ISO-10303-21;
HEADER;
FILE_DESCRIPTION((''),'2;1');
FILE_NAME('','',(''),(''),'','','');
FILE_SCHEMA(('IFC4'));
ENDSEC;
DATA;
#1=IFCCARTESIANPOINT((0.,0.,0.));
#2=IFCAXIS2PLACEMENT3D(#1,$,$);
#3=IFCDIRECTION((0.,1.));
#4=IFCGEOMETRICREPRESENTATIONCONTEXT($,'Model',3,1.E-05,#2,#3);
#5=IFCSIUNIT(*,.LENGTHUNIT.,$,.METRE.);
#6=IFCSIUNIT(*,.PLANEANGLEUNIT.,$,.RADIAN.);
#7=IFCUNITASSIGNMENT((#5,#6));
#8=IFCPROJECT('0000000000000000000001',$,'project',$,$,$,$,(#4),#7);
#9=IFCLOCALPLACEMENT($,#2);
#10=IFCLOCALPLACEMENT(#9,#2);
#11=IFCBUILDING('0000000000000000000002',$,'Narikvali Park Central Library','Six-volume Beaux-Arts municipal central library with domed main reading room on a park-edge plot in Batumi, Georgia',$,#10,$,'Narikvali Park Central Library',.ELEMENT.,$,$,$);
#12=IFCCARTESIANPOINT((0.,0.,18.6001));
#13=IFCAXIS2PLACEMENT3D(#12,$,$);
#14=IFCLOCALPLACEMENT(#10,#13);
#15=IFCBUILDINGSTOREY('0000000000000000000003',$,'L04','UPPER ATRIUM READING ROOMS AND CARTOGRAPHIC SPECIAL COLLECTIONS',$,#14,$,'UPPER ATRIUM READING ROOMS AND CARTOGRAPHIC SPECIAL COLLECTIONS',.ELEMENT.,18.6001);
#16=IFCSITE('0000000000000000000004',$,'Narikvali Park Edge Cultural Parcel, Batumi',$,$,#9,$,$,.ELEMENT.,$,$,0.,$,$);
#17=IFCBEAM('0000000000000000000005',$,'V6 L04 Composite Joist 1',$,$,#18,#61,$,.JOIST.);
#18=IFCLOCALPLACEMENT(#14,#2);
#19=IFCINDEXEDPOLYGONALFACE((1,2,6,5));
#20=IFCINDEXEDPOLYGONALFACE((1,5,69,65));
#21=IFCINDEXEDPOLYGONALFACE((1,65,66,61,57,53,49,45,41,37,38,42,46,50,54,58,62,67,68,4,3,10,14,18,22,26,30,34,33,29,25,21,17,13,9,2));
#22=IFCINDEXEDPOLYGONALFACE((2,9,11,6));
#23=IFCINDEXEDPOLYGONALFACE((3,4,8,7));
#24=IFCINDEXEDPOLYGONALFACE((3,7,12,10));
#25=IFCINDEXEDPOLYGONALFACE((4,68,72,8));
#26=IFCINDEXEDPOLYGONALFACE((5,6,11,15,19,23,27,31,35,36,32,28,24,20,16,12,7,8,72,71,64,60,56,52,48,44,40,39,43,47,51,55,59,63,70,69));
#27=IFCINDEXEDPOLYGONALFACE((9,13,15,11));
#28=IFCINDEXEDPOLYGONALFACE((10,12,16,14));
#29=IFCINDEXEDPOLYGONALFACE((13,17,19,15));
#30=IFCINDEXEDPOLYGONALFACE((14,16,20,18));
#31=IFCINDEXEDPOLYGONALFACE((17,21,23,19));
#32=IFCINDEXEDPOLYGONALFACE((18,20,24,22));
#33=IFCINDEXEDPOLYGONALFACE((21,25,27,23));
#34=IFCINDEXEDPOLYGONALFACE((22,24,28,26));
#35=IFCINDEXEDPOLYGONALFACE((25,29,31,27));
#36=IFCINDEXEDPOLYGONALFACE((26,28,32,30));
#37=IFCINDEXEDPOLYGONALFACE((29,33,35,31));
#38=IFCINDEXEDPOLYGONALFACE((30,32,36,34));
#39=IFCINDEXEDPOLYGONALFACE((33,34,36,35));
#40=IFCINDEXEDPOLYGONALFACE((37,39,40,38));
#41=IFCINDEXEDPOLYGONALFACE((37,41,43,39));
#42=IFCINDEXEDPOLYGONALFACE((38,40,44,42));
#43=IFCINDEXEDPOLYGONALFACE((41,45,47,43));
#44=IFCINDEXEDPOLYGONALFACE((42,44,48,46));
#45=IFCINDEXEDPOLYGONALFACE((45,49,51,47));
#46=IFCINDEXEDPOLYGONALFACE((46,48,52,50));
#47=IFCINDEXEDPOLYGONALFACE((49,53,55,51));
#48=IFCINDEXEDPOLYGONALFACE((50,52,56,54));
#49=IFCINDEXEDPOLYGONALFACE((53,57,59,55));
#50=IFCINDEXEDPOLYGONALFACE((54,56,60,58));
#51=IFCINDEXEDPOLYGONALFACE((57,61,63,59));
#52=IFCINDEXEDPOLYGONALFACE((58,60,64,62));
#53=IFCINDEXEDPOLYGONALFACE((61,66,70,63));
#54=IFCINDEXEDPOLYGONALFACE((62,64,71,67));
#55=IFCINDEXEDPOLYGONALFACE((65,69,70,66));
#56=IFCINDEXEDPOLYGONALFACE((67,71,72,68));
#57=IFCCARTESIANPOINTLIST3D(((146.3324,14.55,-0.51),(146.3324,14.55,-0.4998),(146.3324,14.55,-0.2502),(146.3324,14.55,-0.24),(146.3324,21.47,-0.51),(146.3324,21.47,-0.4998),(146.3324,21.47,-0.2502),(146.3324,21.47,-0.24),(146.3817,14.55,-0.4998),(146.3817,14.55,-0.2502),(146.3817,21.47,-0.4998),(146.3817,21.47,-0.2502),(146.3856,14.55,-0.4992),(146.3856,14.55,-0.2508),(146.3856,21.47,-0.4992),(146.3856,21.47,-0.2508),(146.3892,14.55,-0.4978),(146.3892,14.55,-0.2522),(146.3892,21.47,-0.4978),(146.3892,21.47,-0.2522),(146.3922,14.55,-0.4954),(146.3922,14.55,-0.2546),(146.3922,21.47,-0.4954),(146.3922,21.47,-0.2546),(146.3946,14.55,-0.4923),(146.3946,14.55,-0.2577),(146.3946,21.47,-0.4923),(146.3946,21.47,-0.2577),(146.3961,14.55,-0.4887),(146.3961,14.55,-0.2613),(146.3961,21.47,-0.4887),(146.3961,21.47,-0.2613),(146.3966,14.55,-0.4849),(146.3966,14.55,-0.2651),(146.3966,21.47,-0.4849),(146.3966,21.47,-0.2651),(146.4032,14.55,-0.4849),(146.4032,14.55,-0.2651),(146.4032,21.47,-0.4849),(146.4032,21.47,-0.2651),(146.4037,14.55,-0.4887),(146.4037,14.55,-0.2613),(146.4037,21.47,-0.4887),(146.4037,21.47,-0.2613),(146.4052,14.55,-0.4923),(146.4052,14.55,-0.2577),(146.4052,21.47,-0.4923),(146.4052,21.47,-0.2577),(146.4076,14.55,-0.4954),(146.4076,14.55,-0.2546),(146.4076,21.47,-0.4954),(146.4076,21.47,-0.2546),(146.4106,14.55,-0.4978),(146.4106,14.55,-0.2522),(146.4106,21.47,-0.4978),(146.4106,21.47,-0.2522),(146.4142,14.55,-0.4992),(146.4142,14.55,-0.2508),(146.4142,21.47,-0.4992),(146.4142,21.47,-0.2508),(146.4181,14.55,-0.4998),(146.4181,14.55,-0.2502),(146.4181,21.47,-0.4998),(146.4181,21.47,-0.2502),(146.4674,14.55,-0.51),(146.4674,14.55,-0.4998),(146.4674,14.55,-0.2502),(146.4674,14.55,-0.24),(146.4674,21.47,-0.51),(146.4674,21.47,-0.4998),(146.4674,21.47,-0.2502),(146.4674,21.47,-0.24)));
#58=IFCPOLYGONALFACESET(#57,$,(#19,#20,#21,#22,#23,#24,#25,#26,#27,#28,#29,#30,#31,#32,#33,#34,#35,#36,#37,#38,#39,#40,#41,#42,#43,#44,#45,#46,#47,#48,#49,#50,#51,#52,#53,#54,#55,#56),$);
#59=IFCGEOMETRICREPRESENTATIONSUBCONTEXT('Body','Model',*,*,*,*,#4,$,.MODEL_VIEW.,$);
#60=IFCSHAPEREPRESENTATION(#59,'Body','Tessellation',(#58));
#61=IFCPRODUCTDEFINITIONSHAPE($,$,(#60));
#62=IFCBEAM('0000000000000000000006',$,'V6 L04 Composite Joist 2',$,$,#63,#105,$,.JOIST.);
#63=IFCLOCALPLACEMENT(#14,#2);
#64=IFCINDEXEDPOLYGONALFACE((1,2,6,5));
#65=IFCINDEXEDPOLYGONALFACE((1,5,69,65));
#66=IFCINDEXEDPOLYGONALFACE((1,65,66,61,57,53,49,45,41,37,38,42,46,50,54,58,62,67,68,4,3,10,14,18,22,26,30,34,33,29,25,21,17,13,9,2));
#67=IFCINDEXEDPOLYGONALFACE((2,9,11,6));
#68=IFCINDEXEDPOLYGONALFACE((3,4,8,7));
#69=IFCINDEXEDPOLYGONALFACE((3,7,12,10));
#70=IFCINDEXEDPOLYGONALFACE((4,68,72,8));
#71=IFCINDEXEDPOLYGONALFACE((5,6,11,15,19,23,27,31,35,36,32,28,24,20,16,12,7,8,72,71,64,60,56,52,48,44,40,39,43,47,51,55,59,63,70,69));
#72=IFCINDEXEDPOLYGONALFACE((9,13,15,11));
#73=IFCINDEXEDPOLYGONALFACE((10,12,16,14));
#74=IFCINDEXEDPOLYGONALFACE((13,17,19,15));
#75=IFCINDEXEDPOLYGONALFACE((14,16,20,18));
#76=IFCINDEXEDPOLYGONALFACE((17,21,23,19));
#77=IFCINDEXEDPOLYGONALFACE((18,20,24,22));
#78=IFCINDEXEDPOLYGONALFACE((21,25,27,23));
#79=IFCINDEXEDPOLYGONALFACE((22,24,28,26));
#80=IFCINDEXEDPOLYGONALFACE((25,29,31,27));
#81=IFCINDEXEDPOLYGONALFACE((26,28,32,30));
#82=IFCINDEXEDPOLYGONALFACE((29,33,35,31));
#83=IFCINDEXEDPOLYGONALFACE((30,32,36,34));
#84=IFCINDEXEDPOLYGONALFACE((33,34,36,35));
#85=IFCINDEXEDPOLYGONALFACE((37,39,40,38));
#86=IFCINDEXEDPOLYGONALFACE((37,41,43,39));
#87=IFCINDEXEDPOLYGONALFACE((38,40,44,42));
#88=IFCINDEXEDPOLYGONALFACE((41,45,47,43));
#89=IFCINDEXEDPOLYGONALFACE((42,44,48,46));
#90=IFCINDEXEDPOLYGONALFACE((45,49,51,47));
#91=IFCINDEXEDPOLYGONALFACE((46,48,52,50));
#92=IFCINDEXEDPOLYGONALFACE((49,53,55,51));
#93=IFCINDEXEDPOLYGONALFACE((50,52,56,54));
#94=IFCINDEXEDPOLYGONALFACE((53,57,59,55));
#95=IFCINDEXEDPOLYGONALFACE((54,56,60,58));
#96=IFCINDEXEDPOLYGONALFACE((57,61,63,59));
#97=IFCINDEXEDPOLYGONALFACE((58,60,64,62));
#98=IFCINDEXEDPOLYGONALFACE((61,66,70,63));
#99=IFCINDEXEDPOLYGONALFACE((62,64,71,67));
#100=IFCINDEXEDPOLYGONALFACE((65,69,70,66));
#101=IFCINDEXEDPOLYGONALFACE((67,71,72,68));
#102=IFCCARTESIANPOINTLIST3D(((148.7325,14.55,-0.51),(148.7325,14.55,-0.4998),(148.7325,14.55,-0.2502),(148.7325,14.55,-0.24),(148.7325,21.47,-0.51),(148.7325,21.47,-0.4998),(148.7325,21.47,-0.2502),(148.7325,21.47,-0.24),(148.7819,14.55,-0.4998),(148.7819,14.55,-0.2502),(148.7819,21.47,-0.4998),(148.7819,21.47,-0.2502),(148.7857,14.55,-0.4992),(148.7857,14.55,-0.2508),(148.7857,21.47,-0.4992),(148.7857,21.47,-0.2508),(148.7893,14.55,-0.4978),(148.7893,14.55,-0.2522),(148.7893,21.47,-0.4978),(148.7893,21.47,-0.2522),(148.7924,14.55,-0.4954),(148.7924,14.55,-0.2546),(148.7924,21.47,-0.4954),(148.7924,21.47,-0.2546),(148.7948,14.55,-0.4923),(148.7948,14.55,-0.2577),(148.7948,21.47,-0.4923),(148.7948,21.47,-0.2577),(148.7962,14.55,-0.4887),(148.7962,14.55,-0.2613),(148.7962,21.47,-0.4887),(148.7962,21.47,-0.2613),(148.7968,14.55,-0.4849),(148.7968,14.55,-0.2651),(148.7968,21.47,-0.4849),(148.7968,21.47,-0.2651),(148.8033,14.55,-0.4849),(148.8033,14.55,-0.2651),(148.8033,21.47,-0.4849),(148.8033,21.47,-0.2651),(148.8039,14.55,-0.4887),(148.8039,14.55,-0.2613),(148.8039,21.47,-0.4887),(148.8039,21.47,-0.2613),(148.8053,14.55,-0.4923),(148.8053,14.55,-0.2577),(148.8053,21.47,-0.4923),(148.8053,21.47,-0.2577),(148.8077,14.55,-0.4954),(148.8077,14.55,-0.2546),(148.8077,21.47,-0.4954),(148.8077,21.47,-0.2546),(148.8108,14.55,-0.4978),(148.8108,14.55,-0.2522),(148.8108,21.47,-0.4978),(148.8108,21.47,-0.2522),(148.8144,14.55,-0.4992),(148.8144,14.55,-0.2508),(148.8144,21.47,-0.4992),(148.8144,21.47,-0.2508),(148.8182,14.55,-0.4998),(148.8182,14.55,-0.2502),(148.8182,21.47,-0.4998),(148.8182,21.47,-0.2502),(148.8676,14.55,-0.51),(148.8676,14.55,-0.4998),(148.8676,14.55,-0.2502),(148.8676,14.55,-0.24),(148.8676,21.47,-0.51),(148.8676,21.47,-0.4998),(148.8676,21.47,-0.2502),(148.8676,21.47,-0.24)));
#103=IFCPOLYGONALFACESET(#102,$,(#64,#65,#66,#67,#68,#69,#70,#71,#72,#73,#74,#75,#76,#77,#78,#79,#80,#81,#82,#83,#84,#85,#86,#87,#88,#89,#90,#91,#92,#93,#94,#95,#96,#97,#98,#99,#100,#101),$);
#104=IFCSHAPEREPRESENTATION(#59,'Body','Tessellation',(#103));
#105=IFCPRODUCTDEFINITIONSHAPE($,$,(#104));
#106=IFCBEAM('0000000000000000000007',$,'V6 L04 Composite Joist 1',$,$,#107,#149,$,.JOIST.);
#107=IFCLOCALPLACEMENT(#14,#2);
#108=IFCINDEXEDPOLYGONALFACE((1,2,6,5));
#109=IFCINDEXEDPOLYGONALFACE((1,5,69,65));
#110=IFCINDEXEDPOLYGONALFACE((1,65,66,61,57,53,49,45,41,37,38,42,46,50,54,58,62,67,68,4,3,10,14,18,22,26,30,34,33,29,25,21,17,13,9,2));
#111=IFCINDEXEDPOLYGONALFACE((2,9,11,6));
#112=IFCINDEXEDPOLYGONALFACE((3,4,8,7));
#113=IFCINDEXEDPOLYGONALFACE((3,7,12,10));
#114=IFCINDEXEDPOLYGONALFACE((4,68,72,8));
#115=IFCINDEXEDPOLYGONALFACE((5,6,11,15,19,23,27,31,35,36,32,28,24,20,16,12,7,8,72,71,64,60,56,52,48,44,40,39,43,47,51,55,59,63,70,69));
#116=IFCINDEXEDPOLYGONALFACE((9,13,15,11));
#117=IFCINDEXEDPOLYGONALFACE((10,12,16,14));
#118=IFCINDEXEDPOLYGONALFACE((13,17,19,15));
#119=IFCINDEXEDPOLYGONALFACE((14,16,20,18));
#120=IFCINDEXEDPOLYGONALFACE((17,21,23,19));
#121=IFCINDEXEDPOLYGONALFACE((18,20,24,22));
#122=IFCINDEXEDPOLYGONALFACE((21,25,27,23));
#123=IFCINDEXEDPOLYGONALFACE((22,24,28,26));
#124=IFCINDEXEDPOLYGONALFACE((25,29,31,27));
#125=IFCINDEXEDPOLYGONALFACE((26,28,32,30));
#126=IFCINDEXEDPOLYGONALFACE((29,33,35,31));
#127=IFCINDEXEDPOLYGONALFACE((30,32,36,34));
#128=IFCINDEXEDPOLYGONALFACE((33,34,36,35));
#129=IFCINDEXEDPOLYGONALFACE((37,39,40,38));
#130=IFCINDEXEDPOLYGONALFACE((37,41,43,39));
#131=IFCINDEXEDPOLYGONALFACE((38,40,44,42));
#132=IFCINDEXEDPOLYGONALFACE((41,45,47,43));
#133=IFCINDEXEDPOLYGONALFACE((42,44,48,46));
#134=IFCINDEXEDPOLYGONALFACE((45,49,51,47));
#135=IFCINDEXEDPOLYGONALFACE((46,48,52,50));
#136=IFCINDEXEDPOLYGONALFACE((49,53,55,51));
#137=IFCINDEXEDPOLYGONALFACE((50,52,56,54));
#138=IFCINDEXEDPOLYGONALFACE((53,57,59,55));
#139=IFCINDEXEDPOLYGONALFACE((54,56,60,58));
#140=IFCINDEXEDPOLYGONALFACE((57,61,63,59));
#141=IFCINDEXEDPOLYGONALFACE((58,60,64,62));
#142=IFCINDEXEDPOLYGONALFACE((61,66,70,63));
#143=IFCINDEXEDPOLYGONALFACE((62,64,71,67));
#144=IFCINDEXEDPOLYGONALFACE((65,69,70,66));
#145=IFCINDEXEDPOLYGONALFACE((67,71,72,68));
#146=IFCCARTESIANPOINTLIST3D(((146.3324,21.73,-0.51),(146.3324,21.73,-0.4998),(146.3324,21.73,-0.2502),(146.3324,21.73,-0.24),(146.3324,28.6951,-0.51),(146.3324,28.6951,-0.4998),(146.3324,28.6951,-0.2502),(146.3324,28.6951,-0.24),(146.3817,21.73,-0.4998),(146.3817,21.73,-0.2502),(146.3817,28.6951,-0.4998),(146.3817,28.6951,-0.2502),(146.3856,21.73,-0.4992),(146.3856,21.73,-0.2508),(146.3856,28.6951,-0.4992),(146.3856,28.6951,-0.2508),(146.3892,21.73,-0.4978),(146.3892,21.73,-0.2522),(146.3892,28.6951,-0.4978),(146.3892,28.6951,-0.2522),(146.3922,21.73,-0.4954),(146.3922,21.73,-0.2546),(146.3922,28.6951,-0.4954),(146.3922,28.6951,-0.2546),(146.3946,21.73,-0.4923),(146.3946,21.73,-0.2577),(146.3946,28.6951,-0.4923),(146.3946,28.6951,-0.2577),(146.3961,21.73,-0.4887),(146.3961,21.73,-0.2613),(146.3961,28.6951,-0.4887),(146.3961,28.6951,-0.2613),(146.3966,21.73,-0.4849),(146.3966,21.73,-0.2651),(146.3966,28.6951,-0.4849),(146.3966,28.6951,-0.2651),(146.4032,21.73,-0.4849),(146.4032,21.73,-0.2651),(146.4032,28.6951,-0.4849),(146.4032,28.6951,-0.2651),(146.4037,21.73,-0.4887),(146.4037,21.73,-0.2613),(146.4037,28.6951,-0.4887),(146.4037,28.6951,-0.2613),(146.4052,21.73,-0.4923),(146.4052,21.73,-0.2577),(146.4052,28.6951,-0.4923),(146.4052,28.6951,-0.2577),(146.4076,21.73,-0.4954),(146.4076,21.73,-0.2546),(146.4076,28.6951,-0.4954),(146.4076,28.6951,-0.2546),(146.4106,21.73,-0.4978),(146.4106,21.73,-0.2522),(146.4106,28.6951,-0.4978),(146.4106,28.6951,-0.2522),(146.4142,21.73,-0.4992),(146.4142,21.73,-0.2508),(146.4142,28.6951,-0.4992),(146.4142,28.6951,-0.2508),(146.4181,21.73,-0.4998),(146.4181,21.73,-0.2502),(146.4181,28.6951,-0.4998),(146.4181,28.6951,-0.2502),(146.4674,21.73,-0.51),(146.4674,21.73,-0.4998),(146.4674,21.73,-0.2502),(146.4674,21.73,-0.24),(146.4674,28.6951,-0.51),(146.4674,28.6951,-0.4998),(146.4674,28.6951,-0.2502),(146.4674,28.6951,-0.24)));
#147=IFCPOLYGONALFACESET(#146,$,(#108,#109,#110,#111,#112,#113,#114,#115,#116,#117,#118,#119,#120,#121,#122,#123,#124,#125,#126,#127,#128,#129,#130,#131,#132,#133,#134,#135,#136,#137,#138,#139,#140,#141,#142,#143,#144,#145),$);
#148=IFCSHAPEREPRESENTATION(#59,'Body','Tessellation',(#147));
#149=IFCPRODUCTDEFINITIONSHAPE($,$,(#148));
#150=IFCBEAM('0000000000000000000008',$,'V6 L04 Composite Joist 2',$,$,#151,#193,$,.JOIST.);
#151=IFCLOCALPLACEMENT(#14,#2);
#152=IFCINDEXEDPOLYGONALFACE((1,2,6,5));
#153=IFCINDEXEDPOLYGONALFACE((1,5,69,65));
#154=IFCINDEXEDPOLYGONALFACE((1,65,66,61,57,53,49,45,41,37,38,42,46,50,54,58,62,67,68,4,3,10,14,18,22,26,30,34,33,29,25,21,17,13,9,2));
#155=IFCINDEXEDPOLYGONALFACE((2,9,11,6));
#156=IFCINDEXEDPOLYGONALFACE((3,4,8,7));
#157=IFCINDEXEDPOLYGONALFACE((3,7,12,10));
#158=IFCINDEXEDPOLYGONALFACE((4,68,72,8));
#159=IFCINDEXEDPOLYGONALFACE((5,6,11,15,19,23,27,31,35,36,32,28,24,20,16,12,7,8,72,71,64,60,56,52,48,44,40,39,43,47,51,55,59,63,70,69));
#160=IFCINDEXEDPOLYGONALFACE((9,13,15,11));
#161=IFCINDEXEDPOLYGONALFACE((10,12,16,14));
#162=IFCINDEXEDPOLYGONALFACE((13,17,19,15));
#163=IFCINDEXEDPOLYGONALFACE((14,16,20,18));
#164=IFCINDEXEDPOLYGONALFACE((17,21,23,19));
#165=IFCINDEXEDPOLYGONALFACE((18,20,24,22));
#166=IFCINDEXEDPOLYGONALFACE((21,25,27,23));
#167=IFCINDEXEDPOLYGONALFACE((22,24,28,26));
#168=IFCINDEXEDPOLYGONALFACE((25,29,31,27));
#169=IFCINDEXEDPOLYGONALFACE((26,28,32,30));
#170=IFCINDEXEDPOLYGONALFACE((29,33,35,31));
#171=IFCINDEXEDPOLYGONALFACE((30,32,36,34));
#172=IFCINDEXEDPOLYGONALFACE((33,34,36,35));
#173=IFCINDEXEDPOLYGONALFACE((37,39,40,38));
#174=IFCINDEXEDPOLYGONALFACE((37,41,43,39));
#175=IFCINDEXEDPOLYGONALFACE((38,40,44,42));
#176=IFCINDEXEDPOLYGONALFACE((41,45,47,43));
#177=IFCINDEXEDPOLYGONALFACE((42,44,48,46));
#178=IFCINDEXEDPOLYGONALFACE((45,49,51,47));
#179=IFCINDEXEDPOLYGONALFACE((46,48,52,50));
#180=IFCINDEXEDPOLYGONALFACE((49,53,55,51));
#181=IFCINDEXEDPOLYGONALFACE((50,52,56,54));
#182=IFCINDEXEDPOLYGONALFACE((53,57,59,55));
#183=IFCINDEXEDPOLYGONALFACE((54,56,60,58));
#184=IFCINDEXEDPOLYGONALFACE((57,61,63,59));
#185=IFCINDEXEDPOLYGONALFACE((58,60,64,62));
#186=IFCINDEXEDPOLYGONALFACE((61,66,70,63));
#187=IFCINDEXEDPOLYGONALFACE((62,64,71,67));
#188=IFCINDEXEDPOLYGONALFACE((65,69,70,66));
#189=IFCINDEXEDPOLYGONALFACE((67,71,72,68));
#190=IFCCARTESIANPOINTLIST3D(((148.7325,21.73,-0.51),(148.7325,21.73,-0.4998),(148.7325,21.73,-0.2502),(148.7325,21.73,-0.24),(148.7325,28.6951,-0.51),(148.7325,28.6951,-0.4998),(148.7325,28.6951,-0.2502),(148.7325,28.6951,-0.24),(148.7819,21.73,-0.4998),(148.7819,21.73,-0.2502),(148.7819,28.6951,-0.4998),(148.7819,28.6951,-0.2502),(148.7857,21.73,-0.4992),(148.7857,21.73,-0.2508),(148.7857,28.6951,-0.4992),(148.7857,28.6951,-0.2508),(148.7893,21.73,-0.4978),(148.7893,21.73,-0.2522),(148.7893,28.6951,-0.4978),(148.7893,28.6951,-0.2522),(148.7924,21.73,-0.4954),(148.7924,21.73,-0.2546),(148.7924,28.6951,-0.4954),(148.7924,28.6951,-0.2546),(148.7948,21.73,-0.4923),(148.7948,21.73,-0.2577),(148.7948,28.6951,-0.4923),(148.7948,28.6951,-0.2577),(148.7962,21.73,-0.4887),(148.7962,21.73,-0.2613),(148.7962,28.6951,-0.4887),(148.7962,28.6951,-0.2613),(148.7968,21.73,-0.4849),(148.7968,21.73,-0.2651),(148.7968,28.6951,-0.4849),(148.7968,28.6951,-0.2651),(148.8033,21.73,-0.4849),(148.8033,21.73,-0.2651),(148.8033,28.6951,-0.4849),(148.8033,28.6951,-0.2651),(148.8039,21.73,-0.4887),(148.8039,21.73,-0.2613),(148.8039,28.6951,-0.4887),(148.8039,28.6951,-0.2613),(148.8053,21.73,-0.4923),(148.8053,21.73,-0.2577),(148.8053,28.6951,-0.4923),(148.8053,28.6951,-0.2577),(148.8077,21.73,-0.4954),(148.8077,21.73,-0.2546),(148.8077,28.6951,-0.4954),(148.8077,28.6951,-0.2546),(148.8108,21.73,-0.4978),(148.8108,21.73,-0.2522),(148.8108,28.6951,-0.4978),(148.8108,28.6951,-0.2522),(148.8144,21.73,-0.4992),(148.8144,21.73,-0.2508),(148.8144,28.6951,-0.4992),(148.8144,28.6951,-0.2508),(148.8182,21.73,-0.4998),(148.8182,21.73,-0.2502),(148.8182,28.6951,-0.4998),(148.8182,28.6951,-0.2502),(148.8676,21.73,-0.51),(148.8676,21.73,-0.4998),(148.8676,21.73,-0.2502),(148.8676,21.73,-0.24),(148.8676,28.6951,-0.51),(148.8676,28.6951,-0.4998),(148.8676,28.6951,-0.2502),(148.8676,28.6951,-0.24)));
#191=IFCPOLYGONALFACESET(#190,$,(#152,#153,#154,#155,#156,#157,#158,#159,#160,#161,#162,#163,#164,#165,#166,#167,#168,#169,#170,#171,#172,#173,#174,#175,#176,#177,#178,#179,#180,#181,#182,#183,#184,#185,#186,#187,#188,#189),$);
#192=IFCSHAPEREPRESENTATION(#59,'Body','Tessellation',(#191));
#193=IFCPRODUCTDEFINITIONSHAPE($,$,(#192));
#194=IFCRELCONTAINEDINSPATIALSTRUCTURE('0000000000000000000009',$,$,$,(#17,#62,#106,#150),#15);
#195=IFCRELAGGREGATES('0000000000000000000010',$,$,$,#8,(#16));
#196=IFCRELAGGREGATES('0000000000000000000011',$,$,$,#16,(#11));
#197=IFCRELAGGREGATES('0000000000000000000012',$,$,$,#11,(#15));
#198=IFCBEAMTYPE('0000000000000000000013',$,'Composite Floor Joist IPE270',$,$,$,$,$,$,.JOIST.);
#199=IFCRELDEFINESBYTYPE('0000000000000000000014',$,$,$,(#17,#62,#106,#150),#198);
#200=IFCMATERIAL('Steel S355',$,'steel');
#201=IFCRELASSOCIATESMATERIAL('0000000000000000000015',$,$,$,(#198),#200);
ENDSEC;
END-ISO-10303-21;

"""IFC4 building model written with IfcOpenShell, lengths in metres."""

from ifc_helpers import new_model, si_unit, direction, frame, origin, origin_2d, place, context, subcontext, project, spatial, i_section, extrude, material, material_profile, profile_set, type_object, element, save


model = new_model("IFC4")

# Units and contexts
model_context = context("Model", 3, precision=1e-05, world=origin(), true_north=direction((0.0, 1.0)))
body_context = subcontext(model_context, "Body", "Model", "MODEL_VIEW")
ifc_project = project(units=[si_unit("LENGTHUNIT", "METRE"), si_unit("PLANEANGLEUNIT", "RADIAN")], contexts=[model_context])

# Site, building, storey
site_placement = place(None, origin())
site = spatial("IfcSite", under=ifc_project, at=site_placement, Name="Narikvali Park Edge Cultural Parcel, Batumi", CompositionType="ELEMENT", RefElevation=0.0)
building_placement = place(site_placement, origin())
building = spatial("IfcBuilding", under=site, at=building_placement, Name="Narikvali Park Central Library", Description="Six-volume Beaux-Arts municipal central library with domed main reading room on a park-edge plot in Batumi, Georgia", LongName="Narikvali Park Central Library", CompositionType="ELEMENT")
storey_placement = place(building_placement, frame((0.0, 0.0, 18.6001)))
storey = spatial("IfcBuildingStorey", under=building, at=storey_placement, Name="L04", Description="UPPER ATRIUM READING ROOMS AND CARTOGRAPHIC SPECIAL COLLECTIONS", LongName="UPPER ATRIUM READING ROOMS AND CARTOGRAPHIC SPECIAL COLLECTIONS", CompositionType="ELEMENT", Elevation=18.6001)

# Shared definitions
ifc_material = material(Name="Steel S355", Category="steel")

# Beams
ifc_material_profile_1 = material_profile(ifc_material, i_section(OverallWidth=0.135, OverallDepth=0.27, WebThickness=0.0066, FlangeThickness=0.0103, FilletRadius=0.0149, at=origin_2d()), Name="IPE 270")
ifc_profile_set_1 = profile_set([ifc_material_profile_1], Name="Steel S355")
beam_type_1 = type_object("IfcBeamType", Name="Composite Floor Joist IPE270", PredefinedType="JOIST", material=ifc_profile_set_1)
for number, where, z_axis, x_axis, name in (
    (1, (146.3999, 14.55, -0.375), (0.0, 1.0, 0.0), (-1.0, 0.0, 0.0), "V6 L04 Composite Joist 1"),
    (2, (148.8, 14.55, -0.375), (0.0, 1.0, 0.0), (-1.0, 0.0, 0.0), "V6 L04 Composite Joist 2"),
):
    element("IfcBeam", number, at=place(storey_placement, frame(where, z_axis=z_axis, x_axis=x_axis)), inside=storey, type_object=beam_type_1, Name=name, PredefinedType="JOIST", context=body_context, shape_type="SweptSolid", body=[
        extrude(i_section(OverallWidth=0.135, OverallDepth=0.27, WebThickness=0.0066, FlangeThickness=0.0103, FilletRadius=0.0149, at=origin_2d()), origin(), (0.0, 0.0, 1.0), 6.9199),
    ])
for number, where, z_axis, x_axis, name in (
    (3, (146.3999, 21.73, -0.375), (0.0, 1.0, 0.0), (-1.0, 0.0, 0.0), "V6 L04 Composite Joist 1"),
    (4, (148.8, 21.73, -0.375), (0.0, 1.0, 0.0), (-1.0, 0.0, 0.0), "V6 L04 Composite Joist 2"),
):
    element("IfcBeam", number, at=place(storey_placement, frame(where, z_axis=z_axis, x_axis=x_axis)), inside=storey, type_object=beam_type_1, Name=name, PredefinedType="JOIST", context=body_context, shape_type="SweptSolid", body=[
        extrude(i_section(OverallWidth=0.135, OverallDepth=0.27, WebThickness=0.0066, FlangeThickness=0.0103, FilletRadius=0.0149, at=origin_2d()), origin(), (0.0, 0.0, 1.0), 6.9651),
    ])

save(model, "model.ifc")
